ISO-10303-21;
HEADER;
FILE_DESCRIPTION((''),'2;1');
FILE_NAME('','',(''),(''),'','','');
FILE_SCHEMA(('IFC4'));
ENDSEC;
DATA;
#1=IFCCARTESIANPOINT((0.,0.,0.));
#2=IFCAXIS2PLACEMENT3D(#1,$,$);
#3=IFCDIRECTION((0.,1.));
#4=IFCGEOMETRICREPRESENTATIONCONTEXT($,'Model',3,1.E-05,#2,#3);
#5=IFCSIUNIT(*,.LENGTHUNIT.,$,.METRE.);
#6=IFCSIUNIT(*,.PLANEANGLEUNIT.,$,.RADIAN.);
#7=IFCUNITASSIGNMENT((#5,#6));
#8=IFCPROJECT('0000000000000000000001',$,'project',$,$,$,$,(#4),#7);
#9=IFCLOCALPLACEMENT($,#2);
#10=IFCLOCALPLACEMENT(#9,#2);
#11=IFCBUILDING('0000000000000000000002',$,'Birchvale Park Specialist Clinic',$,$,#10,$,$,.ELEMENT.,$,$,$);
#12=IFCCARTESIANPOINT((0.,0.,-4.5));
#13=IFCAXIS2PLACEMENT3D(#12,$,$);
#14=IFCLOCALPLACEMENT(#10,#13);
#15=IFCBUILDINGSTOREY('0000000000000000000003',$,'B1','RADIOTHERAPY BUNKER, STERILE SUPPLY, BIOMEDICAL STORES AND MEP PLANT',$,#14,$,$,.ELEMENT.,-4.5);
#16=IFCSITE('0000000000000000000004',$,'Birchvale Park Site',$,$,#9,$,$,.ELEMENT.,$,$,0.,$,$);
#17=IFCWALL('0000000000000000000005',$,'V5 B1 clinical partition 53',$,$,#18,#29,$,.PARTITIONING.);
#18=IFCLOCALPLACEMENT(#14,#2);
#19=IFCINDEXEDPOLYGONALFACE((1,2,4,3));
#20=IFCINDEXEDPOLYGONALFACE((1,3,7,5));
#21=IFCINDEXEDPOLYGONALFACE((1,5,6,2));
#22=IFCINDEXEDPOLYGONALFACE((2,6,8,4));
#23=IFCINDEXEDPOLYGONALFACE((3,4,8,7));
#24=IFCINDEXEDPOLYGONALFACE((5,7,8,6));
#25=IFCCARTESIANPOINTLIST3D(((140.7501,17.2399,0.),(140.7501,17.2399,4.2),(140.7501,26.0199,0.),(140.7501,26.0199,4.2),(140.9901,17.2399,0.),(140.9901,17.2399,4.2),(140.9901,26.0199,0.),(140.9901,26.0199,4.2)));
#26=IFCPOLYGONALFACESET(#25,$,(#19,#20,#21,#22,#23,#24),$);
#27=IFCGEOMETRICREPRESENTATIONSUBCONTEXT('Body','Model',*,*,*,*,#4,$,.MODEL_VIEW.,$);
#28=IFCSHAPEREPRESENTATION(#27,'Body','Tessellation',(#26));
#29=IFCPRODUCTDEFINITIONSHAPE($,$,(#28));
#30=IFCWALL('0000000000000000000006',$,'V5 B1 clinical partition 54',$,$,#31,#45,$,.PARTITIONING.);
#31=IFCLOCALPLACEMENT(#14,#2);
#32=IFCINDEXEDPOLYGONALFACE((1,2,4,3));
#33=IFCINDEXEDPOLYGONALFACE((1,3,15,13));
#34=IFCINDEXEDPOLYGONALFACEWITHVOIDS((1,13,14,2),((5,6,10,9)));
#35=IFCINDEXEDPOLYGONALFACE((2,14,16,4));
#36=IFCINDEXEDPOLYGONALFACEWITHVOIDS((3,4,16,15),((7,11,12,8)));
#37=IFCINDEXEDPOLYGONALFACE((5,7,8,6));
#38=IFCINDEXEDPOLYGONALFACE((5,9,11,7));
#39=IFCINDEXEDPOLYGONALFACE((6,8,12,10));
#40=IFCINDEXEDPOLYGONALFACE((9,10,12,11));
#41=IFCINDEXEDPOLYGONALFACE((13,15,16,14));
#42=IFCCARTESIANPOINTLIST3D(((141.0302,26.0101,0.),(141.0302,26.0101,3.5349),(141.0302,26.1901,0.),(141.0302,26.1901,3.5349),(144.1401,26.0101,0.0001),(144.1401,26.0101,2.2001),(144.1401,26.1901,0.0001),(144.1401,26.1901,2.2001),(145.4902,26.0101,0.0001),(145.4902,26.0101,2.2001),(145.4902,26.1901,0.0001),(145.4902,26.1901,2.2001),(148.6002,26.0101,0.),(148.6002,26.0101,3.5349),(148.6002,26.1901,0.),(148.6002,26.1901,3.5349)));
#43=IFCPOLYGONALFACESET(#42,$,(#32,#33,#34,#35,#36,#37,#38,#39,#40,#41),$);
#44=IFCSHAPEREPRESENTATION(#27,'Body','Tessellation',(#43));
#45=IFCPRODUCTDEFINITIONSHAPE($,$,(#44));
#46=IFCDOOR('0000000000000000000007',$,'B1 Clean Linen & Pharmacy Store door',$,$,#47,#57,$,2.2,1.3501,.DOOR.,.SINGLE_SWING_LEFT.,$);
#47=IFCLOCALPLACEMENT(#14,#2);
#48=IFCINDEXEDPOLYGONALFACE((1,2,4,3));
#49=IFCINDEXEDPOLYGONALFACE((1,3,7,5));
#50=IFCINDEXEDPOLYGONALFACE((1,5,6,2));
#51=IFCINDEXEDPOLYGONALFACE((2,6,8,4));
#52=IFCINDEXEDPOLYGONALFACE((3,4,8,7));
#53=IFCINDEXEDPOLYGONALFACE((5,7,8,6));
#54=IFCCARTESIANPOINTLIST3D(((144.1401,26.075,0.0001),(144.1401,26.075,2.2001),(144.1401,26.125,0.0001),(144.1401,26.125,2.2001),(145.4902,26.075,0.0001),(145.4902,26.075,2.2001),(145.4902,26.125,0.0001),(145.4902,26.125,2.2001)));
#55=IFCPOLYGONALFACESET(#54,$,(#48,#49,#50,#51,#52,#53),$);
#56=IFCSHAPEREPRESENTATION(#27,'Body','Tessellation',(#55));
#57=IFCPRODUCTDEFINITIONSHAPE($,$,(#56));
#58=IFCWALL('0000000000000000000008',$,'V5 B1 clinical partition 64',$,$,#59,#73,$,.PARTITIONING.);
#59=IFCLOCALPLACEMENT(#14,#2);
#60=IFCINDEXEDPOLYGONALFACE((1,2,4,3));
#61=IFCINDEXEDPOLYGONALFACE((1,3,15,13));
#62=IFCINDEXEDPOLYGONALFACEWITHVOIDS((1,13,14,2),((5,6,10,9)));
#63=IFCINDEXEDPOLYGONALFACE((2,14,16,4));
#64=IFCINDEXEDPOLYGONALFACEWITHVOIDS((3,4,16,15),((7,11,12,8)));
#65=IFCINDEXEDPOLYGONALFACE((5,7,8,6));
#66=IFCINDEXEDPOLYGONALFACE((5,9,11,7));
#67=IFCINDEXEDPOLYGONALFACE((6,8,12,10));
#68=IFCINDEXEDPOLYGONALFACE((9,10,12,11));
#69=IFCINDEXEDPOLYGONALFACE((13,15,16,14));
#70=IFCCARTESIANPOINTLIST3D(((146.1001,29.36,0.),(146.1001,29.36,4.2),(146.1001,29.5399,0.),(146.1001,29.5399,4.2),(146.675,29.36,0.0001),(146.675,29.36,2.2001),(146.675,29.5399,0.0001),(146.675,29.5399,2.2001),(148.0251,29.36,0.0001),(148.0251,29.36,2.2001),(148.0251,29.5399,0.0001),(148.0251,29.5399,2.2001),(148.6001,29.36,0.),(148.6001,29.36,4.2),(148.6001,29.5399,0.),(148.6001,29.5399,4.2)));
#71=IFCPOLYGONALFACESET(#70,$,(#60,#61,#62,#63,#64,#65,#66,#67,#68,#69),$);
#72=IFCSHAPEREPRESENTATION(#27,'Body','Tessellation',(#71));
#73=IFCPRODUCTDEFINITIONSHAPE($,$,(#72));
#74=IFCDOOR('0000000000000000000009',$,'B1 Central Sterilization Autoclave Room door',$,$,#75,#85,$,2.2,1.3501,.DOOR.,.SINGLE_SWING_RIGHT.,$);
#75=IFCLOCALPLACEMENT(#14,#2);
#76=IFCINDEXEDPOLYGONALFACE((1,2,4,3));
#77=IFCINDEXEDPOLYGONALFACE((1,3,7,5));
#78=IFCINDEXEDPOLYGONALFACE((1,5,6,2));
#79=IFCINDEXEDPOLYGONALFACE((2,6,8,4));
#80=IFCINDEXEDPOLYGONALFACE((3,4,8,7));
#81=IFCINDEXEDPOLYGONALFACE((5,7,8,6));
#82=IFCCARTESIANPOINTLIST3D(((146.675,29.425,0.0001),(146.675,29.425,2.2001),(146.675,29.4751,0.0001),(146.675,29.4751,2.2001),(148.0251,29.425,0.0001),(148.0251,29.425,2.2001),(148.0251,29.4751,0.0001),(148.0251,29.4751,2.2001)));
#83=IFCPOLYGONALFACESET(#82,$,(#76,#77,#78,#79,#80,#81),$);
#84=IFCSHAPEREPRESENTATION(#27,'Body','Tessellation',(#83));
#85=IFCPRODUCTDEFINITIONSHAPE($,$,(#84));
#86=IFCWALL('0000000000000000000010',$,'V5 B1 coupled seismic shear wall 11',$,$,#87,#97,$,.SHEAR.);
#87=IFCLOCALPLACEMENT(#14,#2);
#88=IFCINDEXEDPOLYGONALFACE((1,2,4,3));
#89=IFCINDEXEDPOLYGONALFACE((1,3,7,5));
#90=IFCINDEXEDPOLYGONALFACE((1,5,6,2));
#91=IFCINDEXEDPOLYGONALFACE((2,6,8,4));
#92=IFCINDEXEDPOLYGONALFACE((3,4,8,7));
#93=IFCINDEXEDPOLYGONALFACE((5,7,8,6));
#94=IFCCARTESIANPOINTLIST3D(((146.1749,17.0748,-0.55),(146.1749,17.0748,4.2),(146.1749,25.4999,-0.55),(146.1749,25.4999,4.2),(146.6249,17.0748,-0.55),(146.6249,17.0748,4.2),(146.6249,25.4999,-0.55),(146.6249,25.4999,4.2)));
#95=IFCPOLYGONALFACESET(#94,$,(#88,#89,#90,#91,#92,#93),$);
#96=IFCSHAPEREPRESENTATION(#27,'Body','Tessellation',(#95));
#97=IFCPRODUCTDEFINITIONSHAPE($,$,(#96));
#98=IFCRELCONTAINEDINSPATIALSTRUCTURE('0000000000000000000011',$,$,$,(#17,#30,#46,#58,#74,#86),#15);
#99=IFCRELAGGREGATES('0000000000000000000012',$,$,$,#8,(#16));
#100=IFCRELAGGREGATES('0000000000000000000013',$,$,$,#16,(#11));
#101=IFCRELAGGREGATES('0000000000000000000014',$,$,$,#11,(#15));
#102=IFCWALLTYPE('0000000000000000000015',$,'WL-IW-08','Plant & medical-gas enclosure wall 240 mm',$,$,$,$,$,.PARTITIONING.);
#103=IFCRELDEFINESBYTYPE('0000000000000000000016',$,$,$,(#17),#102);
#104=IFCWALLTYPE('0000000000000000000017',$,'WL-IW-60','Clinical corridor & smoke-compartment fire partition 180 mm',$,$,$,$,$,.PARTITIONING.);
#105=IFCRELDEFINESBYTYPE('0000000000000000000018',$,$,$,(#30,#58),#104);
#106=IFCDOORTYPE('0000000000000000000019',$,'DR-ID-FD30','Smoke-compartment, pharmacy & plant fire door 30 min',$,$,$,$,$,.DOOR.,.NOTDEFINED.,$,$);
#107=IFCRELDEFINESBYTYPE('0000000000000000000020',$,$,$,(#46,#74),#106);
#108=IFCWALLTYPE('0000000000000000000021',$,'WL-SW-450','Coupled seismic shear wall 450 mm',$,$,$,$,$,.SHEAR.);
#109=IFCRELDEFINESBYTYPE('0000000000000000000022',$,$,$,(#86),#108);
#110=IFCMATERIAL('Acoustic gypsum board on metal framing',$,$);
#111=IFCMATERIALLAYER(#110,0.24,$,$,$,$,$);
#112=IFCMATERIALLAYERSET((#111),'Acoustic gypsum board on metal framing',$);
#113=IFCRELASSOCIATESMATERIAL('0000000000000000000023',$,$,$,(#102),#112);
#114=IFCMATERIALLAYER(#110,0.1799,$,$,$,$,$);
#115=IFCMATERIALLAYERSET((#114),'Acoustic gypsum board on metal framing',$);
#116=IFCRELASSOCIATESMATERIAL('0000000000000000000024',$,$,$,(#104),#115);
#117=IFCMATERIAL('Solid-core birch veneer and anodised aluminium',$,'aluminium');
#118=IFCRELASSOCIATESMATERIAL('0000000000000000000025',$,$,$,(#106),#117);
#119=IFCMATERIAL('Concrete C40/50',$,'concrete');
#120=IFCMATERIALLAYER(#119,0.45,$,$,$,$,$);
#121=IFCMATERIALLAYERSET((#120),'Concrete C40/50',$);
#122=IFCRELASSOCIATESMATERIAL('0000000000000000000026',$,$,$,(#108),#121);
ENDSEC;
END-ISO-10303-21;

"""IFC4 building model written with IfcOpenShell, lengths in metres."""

from ifc_helpers import new_model, si_unit, direction, frame, frame_2d, origin, place, context, subcontext, project, spatial, rectangle, extrude, material, layer, layer_set, type_object, element, fill, save


model = new_model("IFC4")

# Units and contexts
model_context = context("Model", 3, precision=1e-05, world=origin(), true_north=direction((0.0, 1.0)))
body_context = subcontext(model_context, "Body", "Model", "MODEL_VIEW")
ifc_project = project(units=[si_unit("LENGTHUNIT", "METRE"), si_unit("PLANEANGLEUNIT", "RADIAN")], contexts=[model_context])

# Site, building, storey
site_placement = place(None, origin())
site = spatial("IfcSite", under=ifc_project, at=site_placement, Name="Birchvale Park Site", CompositionType="ELEMENT", RefElevation=0.0)
building_placement = place(site_placement, origin())
building = spatial("IfcBuilding", under=site, at=building_placement, Name="Birchvale Park Specialist Clinic", CompositionType="ELEMENT")
storey_placement = place(building_placement, frame((0.0, 0.0, -4.5)))
storey = spatial("IfcBuildingStorey", under=building, at=storey_placement, Name="B1", Description="RADIOTHERAPY BUNKER, STERILE SUPPLY, BIOMEDICAL STORES AND MEP PLANT", CompositionType="ELEMENT", Elevation=-4.5)

# Shared definitions
ifc_material_1 = material(Name="Concrete C40/50", Category="concrete")

# Shared definitions
ifc_material_2 = material(Name="Solid-core birch veneer and anodised aluminium", Category="aluminium")

# Wall
ifc_material_3 = material(Name="Acoustic gypsum board on metal framing")
ifc_layer_1 = layer(ifc_material_3, 0.24)
ifc_layer_set_1 = layer_set([ifc_layer_1], Name="Acoustic gypsum board on metal framing")
wall_type_1 = type_object("IfcWallType", Name="WL-IW-08", Description="Plant & medical-gas enclosure wall 240 mm", PredefinedType="PARTITIONING", material=ifc_layer_set_1)
wall_1_placement = place(storey_placement, frame((140.8701, 26.02, 0.0), z_axis=(0.0, 0.0, 1.0), x_axis=(0.0, -1.0, 0.0)))
element("IfcWall", 1, at=wall_1_placement, inside=storey, type_object=wall_type_1, Name="V5 B1 clinical partition 53", PredefinedType="PARTITIONING", context=body_context, shape_type="SweptSolid", body=[
    extrude(rectangle(XDim=8.78, YDim=0.24, at=frame_2d((4.3901, 0.0))), origin(), (0.0, 0.0, 1.0), 4.2),
])

# Walls, openings, doors
ifc_layer_2 = layer(ifc_material_3, 0.1799)
ifc_layer_set_2 = layer_set([ifc_layer_2], Name="Acoustic gypsum board on metal framing")
wall_type_2 = type_object("IfcWallType", Name="WL-IW-60", Description="Clinical corridor & smoke-compartment fire partition 180 mm", PredefinedType="PARTITIONING", material=ifc_layer_set_2)
wall_2_placement = place(storey_placement, frame((141.03, 26.1001, 0.0), z_axis=(0.0, 0.0, 1.0), x_axis=(1.0, 0.0, 0.0)))
wall_2 = element("IfcWall", 2, at=wall_2_placement, inside=storey, type_object=wall_type_2, Name="V5 B1 clinical partition 54", PredefinedType="PARTITIONING", context=body_context, shape_type="SweptSolid", body=[
    extrude(rectangle(XDim=7.5701, YDim=0.1799, at=frame_2d((3.7852, 0.0))), origin(), (0.0, 0.0, 1.0), 3.5349),
])
opening_1_placement = place(wall_2_placement, frame((3.1101, 0.0, 0.0)))
opening_1 = element("IfcOpeningElement", 3, at=opening_1_placement, cuts=wall_2, PredefinedType="OPENING", context=body_context, shape_type="SweptSolid", body=[
    extrude(rectangle(XDim=1.3501, YDim=2.2, at=frame_2d((0.675, 1.1001))), frame((0.0, 0.1001, 0.0), z_axis=(0.0, -1.0, 0.0), x_axis=(1.0, 0.0, 0.0)), (0.0, 0.0, 1.0), 0.2),
])
door_type_1 = type_object("IfcDoorType", Name="DR-ID-FD30", Description="Smoke-compartment, pharmacy & plant fire door 30 min", OperationType="NOTDEFINED", PredefinedType="DOOR", material=ifc_material_2)
door_1_placement = place(opening_1_placement, origin())
door_1 = element("IfcDoor", 4, at=door_1_placement, inside=storey, type_object=door_type_1, Name="B1 Clean Linen & Pharmacy Store door", OperationType="SINGLE_SWING_LEFT", OverallHeight=2.2, OverallWidth=1.3501, PredefinedType="DOOR", context=body_context, shape_type="SweptSolid", body=[
    extrude(rectangle(XDim=1.3501, YDim=2.2, at=frame_2d((0.675, 1.1001))), frame((0.0, 0.0249, 0.0), z_axis=(0.0, -1.0, 0.0), x_axis=(1.0, 0.0, 0.0)), (0.0, 0.0, 1.0), 0.05),
])
fill(opening_1, door_1)
wall_3_placement = place(storey_placement, frame((148.6001, 29.45, 0.0), z_axis=(0.0, 0.0, 1.0), x_axis=(-1.0, 0.0, 0.0)))
wall_3 = element("IfcWall", 5, at=wall_3_placement, inside=storey, type_object=wall_type_2, Name="V5 B1 clinical partition 64", PredefinedType="PARTITIONING", context=body_context, shape_type="SweptSolid", body=[
    extrude(rectangle(XDim=2.5, YDim=0.1799, at=frame_2d((1.25, 0.0))), origin(), (0.0, 0.0, 1.0), 4.2),
])
opening_2_placement = place(wall_3_placement, frame((0.575, 0.0, 0.0)))
opening_2 = element("IfcOpeningElement", 6, at=opening_2_placement, cuts=wall_3, PredefinedType="OPENING", context=body_context, shape_type="SweptSolid", body=[
    extrude(rectangle(XDim=1.3501, YDim=2.2, at=frame_2d((0.675, 1.1001))), frame((0.0, 0.1001, 0.0), z_axis=(0.0, -1.0, 0.0), x_axis=(1.0, 0.0, 0.0)), (0.0, 0.0, 1.0), 0.2),
])
door_2_placement = place(opening_2_placement, origin())
door_2 = element("IfcDoor", 7, at=door_2_placement, inside=storey, type_object=door_type_1, Name="B1 Central Sterilization Autoclave Room door", OperationType="SINGLE_SWING_RIGHT", OverallHeight=2.2, OverallWidth=1.3501, PredefinedType="DOOR", context=body_context, shape_type="SweptSolid", body=[
    extrude(rectangle(XDim=1.3501, YDim=2.2, at=frame_2d((0.675, 1.1001))), frame((0.0, 0.0249, 0.0), z_axis=(0.0, -1.0, 0.0), x_axis=(1.0, 0.0, 0.0)), (0.0, 0.0, 1.0), 0.05),
])
fill(opening_2, door_2)

# Wall
ifc_layer_3 = layer(ifc_material_1, 0.45)
ifc_layer_set_3 = layer_set([ifc_layer_3], Name="Concrete C40/50")
wall_type_3 = type_object("IfcWallType", Name="WL-SW-450", Description="Coupled seismic shear wall 450 mm", PredefinedType="SHEAR", material=ifc_layer_set_3)
wall_4_placement = place(storey_placement, frame((146.3999, 17.075, -0.55), z_axis=(0.0, 0.0, 1.0), x_axis=(0.0, 1.0, 0.0)))
element("IfcWall", 8, at=wall_4_placement, inside=storey, type_object=wall_type_3, Name="V5 B1 coupled seismic shear wall 11", PredefinedType="SHEAR", context=body_context, shape_type="SweptSolid", body=[
    extrude(rectangle(XDim=8.425, YDim=0.45, at=frame_2d((4.2124, 0.0))), origin(), (0.0, 0.0, 1.0), 4.75),
])

save(model, "model.ifc")
